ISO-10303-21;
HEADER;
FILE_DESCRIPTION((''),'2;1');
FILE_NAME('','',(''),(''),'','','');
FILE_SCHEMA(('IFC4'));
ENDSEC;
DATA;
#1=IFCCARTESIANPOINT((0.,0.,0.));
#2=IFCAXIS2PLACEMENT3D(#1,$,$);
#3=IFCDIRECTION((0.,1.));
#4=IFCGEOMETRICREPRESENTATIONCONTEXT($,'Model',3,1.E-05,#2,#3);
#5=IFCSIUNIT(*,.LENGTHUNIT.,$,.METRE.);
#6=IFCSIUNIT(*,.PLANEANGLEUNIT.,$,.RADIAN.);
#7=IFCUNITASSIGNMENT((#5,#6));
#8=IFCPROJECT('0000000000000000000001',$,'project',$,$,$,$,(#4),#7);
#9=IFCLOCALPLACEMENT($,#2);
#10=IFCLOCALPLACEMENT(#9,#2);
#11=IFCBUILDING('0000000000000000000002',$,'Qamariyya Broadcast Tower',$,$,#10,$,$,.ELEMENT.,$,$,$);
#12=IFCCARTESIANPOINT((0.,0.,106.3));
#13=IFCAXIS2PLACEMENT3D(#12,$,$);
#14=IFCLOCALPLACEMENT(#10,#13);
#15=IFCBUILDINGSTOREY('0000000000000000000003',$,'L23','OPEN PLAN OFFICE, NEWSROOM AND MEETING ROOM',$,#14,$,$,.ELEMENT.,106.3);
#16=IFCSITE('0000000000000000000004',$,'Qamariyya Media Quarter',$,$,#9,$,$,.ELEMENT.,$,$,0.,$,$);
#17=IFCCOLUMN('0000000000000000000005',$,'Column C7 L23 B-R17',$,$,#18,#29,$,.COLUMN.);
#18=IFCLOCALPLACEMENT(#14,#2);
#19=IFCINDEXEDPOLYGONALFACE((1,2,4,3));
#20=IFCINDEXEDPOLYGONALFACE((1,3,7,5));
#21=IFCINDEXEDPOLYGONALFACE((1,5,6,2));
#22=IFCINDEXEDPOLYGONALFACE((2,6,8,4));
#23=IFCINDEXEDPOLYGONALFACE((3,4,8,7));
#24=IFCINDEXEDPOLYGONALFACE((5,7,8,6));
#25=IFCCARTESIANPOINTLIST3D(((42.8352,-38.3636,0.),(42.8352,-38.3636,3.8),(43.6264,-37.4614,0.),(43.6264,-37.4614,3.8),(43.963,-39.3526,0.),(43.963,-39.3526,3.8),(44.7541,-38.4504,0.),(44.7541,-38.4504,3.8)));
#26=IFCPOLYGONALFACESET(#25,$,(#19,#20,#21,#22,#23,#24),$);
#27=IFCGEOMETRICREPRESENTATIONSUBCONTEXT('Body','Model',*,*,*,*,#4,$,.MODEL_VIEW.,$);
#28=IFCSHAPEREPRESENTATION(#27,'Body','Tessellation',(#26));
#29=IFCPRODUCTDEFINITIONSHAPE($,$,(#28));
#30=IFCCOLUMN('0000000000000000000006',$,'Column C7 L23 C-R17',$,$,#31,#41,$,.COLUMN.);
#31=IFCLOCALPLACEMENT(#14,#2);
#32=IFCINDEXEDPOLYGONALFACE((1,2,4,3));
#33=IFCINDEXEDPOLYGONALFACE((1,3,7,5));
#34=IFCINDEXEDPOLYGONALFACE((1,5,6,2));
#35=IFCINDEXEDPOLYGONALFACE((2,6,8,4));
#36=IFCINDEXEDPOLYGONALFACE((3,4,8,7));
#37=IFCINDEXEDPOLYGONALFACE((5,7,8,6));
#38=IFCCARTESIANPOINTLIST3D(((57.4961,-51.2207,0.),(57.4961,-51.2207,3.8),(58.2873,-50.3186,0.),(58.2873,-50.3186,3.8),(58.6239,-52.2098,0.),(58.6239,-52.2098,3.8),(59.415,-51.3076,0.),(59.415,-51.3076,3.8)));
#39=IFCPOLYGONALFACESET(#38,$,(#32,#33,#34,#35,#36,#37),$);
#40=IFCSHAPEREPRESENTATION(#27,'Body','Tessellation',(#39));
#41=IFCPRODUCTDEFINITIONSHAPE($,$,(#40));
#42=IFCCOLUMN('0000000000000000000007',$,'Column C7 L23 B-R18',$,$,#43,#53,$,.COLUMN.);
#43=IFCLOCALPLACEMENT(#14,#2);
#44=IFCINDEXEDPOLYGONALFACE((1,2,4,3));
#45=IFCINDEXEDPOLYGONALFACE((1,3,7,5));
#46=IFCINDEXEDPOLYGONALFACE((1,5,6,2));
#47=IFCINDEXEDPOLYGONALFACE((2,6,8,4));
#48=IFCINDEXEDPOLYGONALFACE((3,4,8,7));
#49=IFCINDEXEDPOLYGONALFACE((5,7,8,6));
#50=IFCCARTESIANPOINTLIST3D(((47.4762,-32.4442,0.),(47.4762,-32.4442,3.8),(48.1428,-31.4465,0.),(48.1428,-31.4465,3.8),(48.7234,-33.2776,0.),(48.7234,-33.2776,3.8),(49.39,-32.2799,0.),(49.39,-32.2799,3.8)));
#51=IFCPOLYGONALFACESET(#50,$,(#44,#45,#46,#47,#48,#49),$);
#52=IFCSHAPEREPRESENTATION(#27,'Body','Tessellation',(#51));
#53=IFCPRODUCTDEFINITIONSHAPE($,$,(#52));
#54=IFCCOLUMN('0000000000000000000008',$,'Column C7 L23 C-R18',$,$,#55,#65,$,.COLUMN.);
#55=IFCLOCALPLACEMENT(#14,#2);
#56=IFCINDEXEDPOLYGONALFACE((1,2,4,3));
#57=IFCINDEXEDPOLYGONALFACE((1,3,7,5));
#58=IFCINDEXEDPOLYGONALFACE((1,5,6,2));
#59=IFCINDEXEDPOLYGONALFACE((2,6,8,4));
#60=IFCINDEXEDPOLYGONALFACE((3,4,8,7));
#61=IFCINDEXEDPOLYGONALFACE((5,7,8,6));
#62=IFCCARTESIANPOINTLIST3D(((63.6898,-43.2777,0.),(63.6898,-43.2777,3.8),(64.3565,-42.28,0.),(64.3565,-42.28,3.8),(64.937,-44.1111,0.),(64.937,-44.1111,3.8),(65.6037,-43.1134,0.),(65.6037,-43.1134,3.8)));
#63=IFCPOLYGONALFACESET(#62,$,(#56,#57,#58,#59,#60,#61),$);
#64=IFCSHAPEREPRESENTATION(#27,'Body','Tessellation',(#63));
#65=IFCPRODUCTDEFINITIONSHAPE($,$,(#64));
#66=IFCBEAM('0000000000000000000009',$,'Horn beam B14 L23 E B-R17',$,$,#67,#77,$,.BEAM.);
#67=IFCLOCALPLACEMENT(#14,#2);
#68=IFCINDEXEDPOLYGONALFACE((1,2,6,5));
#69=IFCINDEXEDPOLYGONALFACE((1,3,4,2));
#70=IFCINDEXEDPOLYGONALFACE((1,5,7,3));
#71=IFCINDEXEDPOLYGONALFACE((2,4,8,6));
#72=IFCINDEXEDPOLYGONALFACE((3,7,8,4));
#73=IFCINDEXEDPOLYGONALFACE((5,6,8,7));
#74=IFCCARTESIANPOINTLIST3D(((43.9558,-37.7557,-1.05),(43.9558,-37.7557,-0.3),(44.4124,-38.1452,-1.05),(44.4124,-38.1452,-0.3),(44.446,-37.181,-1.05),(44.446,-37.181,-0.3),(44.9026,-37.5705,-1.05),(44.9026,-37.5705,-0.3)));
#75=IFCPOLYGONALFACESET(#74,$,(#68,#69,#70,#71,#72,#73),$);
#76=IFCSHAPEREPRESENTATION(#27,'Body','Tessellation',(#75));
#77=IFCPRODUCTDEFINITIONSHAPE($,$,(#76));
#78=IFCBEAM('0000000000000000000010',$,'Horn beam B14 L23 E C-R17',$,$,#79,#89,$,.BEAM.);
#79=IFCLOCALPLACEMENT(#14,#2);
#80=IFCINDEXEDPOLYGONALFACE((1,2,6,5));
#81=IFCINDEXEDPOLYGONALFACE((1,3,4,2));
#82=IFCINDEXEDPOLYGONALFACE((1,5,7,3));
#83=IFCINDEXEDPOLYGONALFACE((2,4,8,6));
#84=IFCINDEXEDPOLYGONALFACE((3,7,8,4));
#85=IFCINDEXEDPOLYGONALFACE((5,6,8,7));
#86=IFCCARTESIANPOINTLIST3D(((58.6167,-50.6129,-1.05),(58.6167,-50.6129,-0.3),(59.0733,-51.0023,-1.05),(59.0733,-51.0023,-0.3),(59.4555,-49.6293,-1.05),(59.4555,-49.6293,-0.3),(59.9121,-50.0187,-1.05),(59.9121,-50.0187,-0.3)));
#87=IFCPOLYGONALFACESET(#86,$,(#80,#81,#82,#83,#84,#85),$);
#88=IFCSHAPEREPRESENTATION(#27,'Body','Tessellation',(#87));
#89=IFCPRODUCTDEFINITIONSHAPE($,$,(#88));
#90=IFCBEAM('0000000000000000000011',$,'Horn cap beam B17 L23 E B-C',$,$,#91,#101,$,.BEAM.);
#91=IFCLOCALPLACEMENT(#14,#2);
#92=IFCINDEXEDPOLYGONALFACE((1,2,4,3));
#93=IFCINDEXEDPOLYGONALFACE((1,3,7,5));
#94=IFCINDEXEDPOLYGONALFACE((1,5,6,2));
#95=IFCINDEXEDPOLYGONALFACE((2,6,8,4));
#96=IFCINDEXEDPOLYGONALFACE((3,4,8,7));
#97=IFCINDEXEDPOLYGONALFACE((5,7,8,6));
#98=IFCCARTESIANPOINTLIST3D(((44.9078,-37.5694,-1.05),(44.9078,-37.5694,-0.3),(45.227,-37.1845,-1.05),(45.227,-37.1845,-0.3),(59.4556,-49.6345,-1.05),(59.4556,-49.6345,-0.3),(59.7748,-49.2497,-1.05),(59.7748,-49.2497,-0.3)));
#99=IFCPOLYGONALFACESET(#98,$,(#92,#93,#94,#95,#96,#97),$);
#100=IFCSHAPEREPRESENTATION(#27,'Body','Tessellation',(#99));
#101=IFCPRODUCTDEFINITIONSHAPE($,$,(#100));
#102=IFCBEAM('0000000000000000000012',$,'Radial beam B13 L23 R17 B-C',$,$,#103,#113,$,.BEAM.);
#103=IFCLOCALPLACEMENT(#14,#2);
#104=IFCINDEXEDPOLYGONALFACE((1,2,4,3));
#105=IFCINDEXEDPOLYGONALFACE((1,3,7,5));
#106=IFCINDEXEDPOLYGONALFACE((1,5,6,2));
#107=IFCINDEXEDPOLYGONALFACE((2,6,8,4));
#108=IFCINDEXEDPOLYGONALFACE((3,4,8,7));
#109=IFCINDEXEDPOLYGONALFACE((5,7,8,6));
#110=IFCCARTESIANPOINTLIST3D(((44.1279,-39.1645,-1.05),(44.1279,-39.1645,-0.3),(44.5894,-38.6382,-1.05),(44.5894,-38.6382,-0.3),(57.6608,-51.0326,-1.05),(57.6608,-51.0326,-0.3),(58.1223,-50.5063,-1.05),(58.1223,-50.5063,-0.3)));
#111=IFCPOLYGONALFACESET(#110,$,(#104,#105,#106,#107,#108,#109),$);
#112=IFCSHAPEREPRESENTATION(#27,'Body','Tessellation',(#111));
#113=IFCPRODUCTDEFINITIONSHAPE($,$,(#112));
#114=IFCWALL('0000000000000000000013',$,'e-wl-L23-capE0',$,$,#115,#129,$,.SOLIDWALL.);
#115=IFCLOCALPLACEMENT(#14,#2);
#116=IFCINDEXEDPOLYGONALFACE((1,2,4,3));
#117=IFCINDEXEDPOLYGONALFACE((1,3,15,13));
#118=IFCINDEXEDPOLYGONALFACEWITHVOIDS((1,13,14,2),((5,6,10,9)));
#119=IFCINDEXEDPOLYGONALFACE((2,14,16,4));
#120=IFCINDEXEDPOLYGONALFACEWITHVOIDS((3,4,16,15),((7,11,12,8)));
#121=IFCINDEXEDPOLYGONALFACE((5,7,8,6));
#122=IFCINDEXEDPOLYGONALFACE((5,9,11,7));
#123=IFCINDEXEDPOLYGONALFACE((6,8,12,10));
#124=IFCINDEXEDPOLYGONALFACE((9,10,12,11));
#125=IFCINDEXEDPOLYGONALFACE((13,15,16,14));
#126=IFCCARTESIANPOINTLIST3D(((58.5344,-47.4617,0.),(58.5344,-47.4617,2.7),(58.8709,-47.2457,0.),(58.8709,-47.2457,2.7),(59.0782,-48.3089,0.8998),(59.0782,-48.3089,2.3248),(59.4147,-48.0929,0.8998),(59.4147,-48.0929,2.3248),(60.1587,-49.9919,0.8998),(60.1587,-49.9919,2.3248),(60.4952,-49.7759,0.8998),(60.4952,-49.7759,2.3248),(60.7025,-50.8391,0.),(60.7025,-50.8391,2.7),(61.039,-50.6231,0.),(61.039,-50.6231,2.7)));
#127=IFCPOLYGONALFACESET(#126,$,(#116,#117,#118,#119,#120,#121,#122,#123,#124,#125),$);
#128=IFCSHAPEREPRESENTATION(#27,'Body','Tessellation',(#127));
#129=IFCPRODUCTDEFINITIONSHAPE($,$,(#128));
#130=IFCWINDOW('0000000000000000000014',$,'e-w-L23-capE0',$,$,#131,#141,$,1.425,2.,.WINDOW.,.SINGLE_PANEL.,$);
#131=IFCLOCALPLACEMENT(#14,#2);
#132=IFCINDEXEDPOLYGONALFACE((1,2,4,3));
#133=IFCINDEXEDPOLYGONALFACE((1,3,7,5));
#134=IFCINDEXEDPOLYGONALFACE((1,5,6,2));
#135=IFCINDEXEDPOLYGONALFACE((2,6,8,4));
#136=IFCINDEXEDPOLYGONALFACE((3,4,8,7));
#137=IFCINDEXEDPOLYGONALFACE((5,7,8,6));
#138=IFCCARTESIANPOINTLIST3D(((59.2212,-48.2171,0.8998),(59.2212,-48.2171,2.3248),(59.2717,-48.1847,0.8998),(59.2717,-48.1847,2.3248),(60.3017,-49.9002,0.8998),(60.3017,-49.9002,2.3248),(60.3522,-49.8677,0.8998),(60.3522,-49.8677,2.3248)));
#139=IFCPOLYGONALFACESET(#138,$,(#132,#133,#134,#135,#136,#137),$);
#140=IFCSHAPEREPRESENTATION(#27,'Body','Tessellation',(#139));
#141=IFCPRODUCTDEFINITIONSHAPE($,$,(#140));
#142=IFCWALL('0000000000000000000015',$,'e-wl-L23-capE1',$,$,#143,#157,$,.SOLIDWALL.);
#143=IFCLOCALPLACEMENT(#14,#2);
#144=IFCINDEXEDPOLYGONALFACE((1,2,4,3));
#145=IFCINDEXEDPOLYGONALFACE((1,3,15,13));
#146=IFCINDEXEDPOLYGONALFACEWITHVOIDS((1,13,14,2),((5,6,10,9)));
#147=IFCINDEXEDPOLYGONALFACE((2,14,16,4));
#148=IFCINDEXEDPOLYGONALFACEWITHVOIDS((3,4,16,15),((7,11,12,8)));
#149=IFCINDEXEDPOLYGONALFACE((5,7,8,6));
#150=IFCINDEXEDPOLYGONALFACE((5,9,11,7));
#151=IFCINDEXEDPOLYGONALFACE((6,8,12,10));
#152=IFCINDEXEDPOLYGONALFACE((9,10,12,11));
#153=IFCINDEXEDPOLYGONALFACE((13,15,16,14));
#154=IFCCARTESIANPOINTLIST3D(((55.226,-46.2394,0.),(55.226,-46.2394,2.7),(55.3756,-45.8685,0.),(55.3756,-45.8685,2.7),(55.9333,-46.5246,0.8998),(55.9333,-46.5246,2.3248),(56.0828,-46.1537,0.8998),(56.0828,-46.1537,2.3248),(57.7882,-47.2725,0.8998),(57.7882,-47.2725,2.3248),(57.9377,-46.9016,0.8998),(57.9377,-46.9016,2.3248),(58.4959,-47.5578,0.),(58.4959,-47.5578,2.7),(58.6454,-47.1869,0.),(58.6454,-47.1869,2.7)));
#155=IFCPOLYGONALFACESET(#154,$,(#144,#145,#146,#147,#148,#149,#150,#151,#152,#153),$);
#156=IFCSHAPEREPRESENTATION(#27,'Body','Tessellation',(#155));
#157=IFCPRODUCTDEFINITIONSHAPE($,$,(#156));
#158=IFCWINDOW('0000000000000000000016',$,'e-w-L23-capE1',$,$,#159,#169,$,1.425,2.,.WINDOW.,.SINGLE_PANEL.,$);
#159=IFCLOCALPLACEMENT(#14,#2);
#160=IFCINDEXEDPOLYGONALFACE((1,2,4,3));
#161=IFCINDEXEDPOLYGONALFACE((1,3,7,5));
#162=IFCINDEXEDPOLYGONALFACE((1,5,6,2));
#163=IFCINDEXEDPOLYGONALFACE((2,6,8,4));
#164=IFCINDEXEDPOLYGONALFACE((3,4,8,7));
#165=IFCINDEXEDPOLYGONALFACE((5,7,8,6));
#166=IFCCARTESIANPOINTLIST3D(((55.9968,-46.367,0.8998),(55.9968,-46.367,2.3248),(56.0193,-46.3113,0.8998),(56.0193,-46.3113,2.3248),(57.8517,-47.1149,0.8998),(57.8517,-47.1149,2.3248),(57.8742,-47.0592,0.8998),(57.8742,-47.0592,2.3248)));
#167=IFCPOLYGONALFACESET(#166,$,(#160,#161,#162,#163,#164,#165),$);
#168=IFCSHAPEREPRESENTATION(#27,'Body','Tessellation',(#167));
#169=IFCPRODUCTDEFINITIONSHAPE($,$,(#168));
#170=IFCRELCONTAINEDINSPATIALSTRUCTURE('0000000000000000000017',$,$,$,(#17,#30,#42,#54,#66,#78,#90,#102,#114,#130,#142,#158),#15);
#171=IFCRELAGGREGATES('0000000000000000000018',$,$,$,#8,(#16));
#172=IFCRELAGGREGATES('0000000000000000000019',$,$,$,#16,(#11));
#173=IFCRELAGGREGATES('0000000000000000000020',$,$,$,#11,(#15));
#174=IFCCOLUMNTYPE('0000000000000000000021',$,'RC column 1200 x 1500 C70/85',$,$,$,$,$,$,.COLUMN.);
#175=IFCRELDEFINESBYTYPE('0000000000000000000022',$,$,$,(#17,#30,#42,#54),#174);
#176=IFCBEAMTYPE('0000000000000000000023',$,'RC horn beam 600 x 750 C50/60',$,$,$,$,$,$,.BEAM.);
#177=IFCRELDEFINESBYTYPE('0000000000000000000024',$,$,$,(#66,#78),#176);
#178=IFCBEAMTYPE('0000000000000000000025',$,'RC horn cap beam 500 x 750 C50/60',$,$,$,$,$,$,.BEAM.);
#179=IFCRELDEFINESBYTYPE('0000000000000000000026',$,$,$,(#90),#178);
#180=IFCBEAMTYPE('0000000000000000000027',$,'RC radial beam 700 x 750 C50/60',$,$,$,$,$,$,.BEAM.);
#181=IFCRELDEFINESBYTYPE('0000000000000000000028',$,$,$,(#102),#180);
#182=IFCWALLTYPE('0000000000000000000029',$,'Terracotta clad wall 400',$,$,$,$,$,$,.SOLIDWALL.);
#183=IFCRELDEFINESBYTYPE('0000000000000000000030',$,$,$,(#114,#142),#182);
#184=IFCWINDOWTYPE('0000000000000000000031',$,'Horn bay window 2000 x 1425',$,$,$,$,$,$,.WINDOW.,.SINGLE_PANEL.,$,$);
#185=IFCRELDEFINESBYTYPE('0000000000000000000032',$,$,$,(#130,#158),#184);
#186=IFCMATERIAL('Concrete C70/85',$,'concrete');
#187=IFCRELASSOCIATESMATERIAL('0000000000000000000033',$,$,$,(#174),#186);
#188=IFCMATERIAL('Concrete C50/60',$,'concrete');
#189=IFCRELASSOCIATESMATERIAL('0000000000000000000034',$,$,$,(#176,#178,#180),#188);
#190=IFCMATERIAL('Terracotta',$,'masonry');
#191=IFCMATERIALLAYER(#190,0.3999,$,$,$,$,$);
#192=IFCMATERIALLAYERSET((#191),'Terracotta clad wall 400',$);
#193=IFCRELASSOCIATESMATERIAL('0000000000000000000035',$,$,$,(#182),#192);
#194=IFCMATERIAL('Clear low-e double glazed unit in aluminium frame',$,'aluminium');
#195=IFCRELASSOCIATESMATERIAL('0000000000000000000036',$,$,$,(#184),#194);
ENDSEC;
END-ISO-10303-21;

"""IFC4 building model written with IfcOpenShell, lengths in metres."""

from ifc_helpers import new_model, si_unit, direction, frame, frame_2d, origin, origin_2d, place, context, subcontext, project, spatial, rectangle, extrude, material, layer, layer_set, material_profile, profile_set, type_object, element, fill, save


model = new_model("IFC4")

# Units and contexts
model_context = context("Model", 3, precision=1e-05, world=origin(), true_north=direction((0.0, 1.0)))
body_context = subcontext(model_context, "Body", "Model", "MODEL_VIEW")
ifc_project = project(units=[si_unit("LENGTHUNIT", "METRE"), si_unit("PLANEANGLEUNIT", "RADIAN")], contexts=[model_context])

# Site, building, storey
site_placement = place(None, origin())
site = spatial("IfcSite", under=ifc_project, at=site_placement, Name="Qamariyya Media Quarter", CompositionType="ELEMENT", RefElevation=0.0)
building_placement = place(site_placement, origin())
building = spatial("IfcBuilding", under=site, at=building_placement, Name="Qamariyya Broadcast Tower", CompositionType="ELEMENT")
storey_placement = place(building_placement, frame((0.0, 0.0, 106.3)))
storey = spatial("IfcBuildingStorey", under=building, at=storey_placement, Name="L23", Description="OPEN PLAN OFFICE, NEWSROOM AND MEETING ROOM", CompositionType="ELEMENT", Elevation=106.3)

# Columns
ifc_material_1 = material(Name="Concrete C70/85", Category="concrete")
ifc_material_profile_1 = material_profile(ifc_material_1, rectangle(XDim=1.2, YDim=1.5, at=origin_2d()))
ifc_profile_set_1 = profile_set([ifc_material_profile_1], Name="Concrete C70/85")
column_type = type_object("IfcColumnType", Name="RC column 1200 x 1500 C70/85", PredefinedType="COLUMN", material=ifc_profile_set_1)
for number, where, z_axis, x_axis, name in (
    (1, (43.7947, -38.407, 0.0), (0.0, 0.0, 1.0), (0.659346, 0.75184, 0.0), "Column C7 L23 B-R17"),
    (2, (58.4556, -51.2642, 0.0), (0.0, 0.0, 1.0), (0.659346, 0.75184, 0.0), "Column C7 L23 C-R17"),
    (3, (48.4331, -32.3621, 0.0), (0.0, 0.0, 1.0), (0.55557, 0.83147, 0.0), "Column C7 L23 B-R18"),
    (4, (64.6467, -43.1956, 0.0), (0.0, 0.0, 1.0), (0.55557, 0.83147, 0.0), "Column C7 L23 C-R18"),
):
    element("IfcColumn", number, at=place(storey_placement, frame(where, z_axis=z_axis, x_axis=x_axis)), inside=storey, type_object=column_type, Name=name, PredefinedType="COLUMN", context=body_context, shape_type="SweptSolid", body=[
        extrude(rectangle(XDim=1.2, YDim=1.5, at=origin_2d()), origin(), (0.0, 0.0, 1.0), 3.8),
    ])

# Beams
ifc_material_2 = material(Name="Concrete C50/60", Category="concrete")
ifc_material_profile_2 = material_profile(ifc_material_2, rectangle(XDim=0.6001, YDim=0.75, at=origin_2d()))
ifc_profile_set_2 = profile_set([ifc_material_profile_2], Name="Concrete C50/60")
beam_type_1 = type_object("IfcBeamType", Name="RC horn beam 600 x 750 C50/60", PredefinedType="BEAM", material=ifc_profile_set_2)
beam_1_placement = place(storey_placement, frame((44.1841, -37.9504, -0.675), z_axis=(0.64898, 0.760806, 0.0), x_axis=(-0.760806, 0.64898, 0.0)))
element("IfcBeam", 5, at=beam_1_placement, inside=storey, type_object=beam_type_1, Name="Horn beam B14 L23 E B-R17", PredefinedType="BEAM", context=body_context, shape_type="SweptSolid", body=[
    extrude(rectangle(XDim=0.6001, YDim=0.75, at=origin_2d()), origin(), (0.0, 0.0, 1.0), 0.7554),
])
beam_2_placement = place(storey_placement, frame((58.845, -50.8076, -0.675), z_axis=(0.648892, 0.760881, 0.0), x_axis=(-0.760881, 0.648892, 0.0)))
element("IfcBeam", 6, at=beam_2_placement, inside=storey, type_object=beam_type_1, Name="Horn beam B14 L23 E C-R17", PredefinedType="BEAM", context=body_context, shape_type="SweptSolid", body=[
    extrude(rectangle(XDim=0.6001, YDim=0.75, at=origin_2d()), origin(), (0.0, 0.0, 1.0), 1.2927),
])
ifc_material_profile_3 = material_profile(ifc_material_2, rectangle(XDim=0.5, YDim=0.75, at=origin_2d()))
ifc_profile_set_3 = profile_set([ifc_material_profile_3], Name="Concrete C50/60")
beam_type_2 = type_object("IfcBeamType", Name="RC horn cap beam 500 x 750 C50/60", PredefinedType="BEAM", material=ifc_profile_set_3)
beam_3_placement = place(storey_placement, frame((45.0674, -37.377, -0.675), z_axis=(0.769729, -0.638371, 0.0), x_axis=(0.638371, 0.769729, 0.0)))
element("IfcBeam", 7, at=beam_3_placement, inside=storey, type_object=beam_type_2, Name="Horn cap beam B17 L23 E B-C", PredefinedType="BEAM", context=body_context, shape_type="SweptSolid", body=[
    extrude(rectangle(XDim=0.5, YDim=0.75, at=origin_2d()), origin(), (0.0, 0.0, 1.0), 18.8999),
])
ifc_material_profile_4 = material_profile(ifc_material_2, rectangle(XDim=0.7, YDim=0.75, at=origin_2d()))
ifc_profile_set_4 = profile_set([ifc_material_profile_4], Name="Concrete C50/60")
beam_type_3 = type_object("IfcBeamType", Name="RC radial beam 700 x 750 C50/60", PredefinedType="BEAM", material=ifc_profile_set_4)
beam_4_placement = place(storey_placement, frame((44.3586, -38.9014, -0.675), z_axis=(0.751838, -0.659348, 0.0), x_axis=(0.659348, 0.751838, 0.0)))
element("IfcBeam", 8, at=beam_4_placement, inside=storey, type_object=beam_type_3, Name="Radial beam B13 L23 R17 B-C", PredefinedType="BEAM", context=body_context, shape_type="SweptSolid", body=[
    extrude(rectangle(XDim=0.7, YDim=0.75, at=origin_2d()), origin(), (0.0, 0.0, 1.0), 17.9998),
])

# Walls, openings, windows
ifc_material_3 = material(Name="Terracotta", Category="masonry")
ifc_layer = layer(ifc_material_3, 0.3999)
ifc_layer_set = layer_set([ifc_layer], Name="Terracotta clad wall 400")
wall_type = type_object("IfcWallType", Name="Terracotta clad wall 400", PredefinedType="SOLIDWALL", material=ifc_layer_set)
wall_1_placement = place(storey_placement, frame((60.8708, -50.7312, 0.0), z_axis=(0.0, 0.0, 1.0), x_axis=(-0.540229, 0.841518, 0.0)))
wall_1 = element("IfcWall", 9, at=wall_1_placement, inside=storey, type_object=wall_type, Name="e-wl-L23-capE0", PredefinedType="SOLIDWALL", context=body_context, shape_type="SweptSolid", body=[
    extrude(rectangle(XDim=4.0134, YDim=0.3999, at=frame_2d((2.0068, 0.0))), origin(), (0.0, 0.0, 1.0), 2.7),
])
opening_1_placement = place(wall_1_placement, frame((1.0068, 0.0, 0.8999)))
opening_1 = element("IfcOpeningElement", 10, at=opening_1_placement, cuts=wall_1, PredefinedType="OPENING", context=body_context, shape_type="SweptSolid", body=[
    extrude(rectangle(XDim=2.0, YDim=1.425, at=frame_2d((1.0, 0.7124))), frame((0.0, 0.21, 0.0), z_axis=(0.0, -1.0, 0.0), x_axis=(1.0, 0.0, 0.0)), (0.0, 0.0, 1.0), 0.4199),
])
ifc_material_4 = material(Name="Clear low-e double glazed unit in aluminium frame", Category="aluminium")
window_type_1 = type_object("IfcWindowType", Name="Horn bay window 2000 x 1425", PartitioningType="SINGLE_PANEL", PredefinedType="WINDOW", material=ifc_material_4)
window_1_placement = place(opening_1_placement, origin())
window_1 = element("IfcWindow", 11, at=window_1_placement, inside=storey, type_object=window_type_1, Name="e-w-L23-capE0", OverallHeight=1.425, OverallWidth=2.0, PartitioningType="SINGLE_PANEL", PredefinedType="WINDOW", context=body_context, shape_type="SweptSolid", body=[
    extrude(rectangle(XDim=2.0, YDim=1.425, at=frame_2d((1.0, 0.7124))), frame((0.0, 0.03, 0.0), z_axis=(0.0, -1.0, 0.0), x_axis=(1.0, 0.0, 0.0)), (0.0, 0.0, 1.0), 0.0601),
])
fill(opening_1, window_1)
wall_2_placement = place(storey_placement, frame((58.5706, -47.3723, 0.0), z_axis=(0.0, 0.0, 1.0), x_axis=(-0.927451, 0.373944, 0.0)))
wall_2 = element("IfcWall", 12, at=wall_2_placement, inside=storey, type_object=wall_type, Name="e-wl-L23-capE1", PredefinedType="SOLIDWALL", context=body_context, shape_type="SweptSolid", body=[
    extrude(rectangle(XDim=3.5256, YDim=0.3999, at=frame_2d((1.7627, 0.0))), origin(), (0.0, 0.0, 1.0), 2.7),
])
opening_2_placement = place(wall_2_placement, frame((0.7629, 0.0, 0.8999)))
opening_2 = element("IfcOpeningElement", 13, at=opening_2_placement, cuts=wall_2, PredefinedType="OPENING", context=body_context, shape_type="SweptSolid", body=[
    extrude(rectangle(XDim=2.0, YDim=1.425, at=frame_2d((1.0, 0.7124))), frame((0.0, 0.21, 0.0), z_axis=(0.0, -1.0, 0.0), x_axis=(1.0, 0.0, 0.0)), (0.0, 0.0, 1.0), 0.4199),
])
window_2_placement = place(opening_2_placement, origin())
window_2 = element("IfcWindow", 14, at=window_2_placement, inside=storey, type_object=window_type_1, Name="e-w-L23-capE1", OverallHeight=1.425, OverallWidth=2.0, PartitioningType="SINGLE_PANEL", PredefinedType="WINDOW", context=body_context, shape_type="SweptSolid", body=[
    extrude(rectangle(XDim=2.0, YDim=1.425, at=frame_2d((1.0, 0.7124))), frame((0.0, 0.03, 0.0), z_axis=(0.0, -1.0, 0.0), x_axis=(1.0, 0.0, 0.0)), (0.0, 0.0, 1.0), 0.0601),
])
fill(opening_2, window_2)

save(model, "model.ifc")
